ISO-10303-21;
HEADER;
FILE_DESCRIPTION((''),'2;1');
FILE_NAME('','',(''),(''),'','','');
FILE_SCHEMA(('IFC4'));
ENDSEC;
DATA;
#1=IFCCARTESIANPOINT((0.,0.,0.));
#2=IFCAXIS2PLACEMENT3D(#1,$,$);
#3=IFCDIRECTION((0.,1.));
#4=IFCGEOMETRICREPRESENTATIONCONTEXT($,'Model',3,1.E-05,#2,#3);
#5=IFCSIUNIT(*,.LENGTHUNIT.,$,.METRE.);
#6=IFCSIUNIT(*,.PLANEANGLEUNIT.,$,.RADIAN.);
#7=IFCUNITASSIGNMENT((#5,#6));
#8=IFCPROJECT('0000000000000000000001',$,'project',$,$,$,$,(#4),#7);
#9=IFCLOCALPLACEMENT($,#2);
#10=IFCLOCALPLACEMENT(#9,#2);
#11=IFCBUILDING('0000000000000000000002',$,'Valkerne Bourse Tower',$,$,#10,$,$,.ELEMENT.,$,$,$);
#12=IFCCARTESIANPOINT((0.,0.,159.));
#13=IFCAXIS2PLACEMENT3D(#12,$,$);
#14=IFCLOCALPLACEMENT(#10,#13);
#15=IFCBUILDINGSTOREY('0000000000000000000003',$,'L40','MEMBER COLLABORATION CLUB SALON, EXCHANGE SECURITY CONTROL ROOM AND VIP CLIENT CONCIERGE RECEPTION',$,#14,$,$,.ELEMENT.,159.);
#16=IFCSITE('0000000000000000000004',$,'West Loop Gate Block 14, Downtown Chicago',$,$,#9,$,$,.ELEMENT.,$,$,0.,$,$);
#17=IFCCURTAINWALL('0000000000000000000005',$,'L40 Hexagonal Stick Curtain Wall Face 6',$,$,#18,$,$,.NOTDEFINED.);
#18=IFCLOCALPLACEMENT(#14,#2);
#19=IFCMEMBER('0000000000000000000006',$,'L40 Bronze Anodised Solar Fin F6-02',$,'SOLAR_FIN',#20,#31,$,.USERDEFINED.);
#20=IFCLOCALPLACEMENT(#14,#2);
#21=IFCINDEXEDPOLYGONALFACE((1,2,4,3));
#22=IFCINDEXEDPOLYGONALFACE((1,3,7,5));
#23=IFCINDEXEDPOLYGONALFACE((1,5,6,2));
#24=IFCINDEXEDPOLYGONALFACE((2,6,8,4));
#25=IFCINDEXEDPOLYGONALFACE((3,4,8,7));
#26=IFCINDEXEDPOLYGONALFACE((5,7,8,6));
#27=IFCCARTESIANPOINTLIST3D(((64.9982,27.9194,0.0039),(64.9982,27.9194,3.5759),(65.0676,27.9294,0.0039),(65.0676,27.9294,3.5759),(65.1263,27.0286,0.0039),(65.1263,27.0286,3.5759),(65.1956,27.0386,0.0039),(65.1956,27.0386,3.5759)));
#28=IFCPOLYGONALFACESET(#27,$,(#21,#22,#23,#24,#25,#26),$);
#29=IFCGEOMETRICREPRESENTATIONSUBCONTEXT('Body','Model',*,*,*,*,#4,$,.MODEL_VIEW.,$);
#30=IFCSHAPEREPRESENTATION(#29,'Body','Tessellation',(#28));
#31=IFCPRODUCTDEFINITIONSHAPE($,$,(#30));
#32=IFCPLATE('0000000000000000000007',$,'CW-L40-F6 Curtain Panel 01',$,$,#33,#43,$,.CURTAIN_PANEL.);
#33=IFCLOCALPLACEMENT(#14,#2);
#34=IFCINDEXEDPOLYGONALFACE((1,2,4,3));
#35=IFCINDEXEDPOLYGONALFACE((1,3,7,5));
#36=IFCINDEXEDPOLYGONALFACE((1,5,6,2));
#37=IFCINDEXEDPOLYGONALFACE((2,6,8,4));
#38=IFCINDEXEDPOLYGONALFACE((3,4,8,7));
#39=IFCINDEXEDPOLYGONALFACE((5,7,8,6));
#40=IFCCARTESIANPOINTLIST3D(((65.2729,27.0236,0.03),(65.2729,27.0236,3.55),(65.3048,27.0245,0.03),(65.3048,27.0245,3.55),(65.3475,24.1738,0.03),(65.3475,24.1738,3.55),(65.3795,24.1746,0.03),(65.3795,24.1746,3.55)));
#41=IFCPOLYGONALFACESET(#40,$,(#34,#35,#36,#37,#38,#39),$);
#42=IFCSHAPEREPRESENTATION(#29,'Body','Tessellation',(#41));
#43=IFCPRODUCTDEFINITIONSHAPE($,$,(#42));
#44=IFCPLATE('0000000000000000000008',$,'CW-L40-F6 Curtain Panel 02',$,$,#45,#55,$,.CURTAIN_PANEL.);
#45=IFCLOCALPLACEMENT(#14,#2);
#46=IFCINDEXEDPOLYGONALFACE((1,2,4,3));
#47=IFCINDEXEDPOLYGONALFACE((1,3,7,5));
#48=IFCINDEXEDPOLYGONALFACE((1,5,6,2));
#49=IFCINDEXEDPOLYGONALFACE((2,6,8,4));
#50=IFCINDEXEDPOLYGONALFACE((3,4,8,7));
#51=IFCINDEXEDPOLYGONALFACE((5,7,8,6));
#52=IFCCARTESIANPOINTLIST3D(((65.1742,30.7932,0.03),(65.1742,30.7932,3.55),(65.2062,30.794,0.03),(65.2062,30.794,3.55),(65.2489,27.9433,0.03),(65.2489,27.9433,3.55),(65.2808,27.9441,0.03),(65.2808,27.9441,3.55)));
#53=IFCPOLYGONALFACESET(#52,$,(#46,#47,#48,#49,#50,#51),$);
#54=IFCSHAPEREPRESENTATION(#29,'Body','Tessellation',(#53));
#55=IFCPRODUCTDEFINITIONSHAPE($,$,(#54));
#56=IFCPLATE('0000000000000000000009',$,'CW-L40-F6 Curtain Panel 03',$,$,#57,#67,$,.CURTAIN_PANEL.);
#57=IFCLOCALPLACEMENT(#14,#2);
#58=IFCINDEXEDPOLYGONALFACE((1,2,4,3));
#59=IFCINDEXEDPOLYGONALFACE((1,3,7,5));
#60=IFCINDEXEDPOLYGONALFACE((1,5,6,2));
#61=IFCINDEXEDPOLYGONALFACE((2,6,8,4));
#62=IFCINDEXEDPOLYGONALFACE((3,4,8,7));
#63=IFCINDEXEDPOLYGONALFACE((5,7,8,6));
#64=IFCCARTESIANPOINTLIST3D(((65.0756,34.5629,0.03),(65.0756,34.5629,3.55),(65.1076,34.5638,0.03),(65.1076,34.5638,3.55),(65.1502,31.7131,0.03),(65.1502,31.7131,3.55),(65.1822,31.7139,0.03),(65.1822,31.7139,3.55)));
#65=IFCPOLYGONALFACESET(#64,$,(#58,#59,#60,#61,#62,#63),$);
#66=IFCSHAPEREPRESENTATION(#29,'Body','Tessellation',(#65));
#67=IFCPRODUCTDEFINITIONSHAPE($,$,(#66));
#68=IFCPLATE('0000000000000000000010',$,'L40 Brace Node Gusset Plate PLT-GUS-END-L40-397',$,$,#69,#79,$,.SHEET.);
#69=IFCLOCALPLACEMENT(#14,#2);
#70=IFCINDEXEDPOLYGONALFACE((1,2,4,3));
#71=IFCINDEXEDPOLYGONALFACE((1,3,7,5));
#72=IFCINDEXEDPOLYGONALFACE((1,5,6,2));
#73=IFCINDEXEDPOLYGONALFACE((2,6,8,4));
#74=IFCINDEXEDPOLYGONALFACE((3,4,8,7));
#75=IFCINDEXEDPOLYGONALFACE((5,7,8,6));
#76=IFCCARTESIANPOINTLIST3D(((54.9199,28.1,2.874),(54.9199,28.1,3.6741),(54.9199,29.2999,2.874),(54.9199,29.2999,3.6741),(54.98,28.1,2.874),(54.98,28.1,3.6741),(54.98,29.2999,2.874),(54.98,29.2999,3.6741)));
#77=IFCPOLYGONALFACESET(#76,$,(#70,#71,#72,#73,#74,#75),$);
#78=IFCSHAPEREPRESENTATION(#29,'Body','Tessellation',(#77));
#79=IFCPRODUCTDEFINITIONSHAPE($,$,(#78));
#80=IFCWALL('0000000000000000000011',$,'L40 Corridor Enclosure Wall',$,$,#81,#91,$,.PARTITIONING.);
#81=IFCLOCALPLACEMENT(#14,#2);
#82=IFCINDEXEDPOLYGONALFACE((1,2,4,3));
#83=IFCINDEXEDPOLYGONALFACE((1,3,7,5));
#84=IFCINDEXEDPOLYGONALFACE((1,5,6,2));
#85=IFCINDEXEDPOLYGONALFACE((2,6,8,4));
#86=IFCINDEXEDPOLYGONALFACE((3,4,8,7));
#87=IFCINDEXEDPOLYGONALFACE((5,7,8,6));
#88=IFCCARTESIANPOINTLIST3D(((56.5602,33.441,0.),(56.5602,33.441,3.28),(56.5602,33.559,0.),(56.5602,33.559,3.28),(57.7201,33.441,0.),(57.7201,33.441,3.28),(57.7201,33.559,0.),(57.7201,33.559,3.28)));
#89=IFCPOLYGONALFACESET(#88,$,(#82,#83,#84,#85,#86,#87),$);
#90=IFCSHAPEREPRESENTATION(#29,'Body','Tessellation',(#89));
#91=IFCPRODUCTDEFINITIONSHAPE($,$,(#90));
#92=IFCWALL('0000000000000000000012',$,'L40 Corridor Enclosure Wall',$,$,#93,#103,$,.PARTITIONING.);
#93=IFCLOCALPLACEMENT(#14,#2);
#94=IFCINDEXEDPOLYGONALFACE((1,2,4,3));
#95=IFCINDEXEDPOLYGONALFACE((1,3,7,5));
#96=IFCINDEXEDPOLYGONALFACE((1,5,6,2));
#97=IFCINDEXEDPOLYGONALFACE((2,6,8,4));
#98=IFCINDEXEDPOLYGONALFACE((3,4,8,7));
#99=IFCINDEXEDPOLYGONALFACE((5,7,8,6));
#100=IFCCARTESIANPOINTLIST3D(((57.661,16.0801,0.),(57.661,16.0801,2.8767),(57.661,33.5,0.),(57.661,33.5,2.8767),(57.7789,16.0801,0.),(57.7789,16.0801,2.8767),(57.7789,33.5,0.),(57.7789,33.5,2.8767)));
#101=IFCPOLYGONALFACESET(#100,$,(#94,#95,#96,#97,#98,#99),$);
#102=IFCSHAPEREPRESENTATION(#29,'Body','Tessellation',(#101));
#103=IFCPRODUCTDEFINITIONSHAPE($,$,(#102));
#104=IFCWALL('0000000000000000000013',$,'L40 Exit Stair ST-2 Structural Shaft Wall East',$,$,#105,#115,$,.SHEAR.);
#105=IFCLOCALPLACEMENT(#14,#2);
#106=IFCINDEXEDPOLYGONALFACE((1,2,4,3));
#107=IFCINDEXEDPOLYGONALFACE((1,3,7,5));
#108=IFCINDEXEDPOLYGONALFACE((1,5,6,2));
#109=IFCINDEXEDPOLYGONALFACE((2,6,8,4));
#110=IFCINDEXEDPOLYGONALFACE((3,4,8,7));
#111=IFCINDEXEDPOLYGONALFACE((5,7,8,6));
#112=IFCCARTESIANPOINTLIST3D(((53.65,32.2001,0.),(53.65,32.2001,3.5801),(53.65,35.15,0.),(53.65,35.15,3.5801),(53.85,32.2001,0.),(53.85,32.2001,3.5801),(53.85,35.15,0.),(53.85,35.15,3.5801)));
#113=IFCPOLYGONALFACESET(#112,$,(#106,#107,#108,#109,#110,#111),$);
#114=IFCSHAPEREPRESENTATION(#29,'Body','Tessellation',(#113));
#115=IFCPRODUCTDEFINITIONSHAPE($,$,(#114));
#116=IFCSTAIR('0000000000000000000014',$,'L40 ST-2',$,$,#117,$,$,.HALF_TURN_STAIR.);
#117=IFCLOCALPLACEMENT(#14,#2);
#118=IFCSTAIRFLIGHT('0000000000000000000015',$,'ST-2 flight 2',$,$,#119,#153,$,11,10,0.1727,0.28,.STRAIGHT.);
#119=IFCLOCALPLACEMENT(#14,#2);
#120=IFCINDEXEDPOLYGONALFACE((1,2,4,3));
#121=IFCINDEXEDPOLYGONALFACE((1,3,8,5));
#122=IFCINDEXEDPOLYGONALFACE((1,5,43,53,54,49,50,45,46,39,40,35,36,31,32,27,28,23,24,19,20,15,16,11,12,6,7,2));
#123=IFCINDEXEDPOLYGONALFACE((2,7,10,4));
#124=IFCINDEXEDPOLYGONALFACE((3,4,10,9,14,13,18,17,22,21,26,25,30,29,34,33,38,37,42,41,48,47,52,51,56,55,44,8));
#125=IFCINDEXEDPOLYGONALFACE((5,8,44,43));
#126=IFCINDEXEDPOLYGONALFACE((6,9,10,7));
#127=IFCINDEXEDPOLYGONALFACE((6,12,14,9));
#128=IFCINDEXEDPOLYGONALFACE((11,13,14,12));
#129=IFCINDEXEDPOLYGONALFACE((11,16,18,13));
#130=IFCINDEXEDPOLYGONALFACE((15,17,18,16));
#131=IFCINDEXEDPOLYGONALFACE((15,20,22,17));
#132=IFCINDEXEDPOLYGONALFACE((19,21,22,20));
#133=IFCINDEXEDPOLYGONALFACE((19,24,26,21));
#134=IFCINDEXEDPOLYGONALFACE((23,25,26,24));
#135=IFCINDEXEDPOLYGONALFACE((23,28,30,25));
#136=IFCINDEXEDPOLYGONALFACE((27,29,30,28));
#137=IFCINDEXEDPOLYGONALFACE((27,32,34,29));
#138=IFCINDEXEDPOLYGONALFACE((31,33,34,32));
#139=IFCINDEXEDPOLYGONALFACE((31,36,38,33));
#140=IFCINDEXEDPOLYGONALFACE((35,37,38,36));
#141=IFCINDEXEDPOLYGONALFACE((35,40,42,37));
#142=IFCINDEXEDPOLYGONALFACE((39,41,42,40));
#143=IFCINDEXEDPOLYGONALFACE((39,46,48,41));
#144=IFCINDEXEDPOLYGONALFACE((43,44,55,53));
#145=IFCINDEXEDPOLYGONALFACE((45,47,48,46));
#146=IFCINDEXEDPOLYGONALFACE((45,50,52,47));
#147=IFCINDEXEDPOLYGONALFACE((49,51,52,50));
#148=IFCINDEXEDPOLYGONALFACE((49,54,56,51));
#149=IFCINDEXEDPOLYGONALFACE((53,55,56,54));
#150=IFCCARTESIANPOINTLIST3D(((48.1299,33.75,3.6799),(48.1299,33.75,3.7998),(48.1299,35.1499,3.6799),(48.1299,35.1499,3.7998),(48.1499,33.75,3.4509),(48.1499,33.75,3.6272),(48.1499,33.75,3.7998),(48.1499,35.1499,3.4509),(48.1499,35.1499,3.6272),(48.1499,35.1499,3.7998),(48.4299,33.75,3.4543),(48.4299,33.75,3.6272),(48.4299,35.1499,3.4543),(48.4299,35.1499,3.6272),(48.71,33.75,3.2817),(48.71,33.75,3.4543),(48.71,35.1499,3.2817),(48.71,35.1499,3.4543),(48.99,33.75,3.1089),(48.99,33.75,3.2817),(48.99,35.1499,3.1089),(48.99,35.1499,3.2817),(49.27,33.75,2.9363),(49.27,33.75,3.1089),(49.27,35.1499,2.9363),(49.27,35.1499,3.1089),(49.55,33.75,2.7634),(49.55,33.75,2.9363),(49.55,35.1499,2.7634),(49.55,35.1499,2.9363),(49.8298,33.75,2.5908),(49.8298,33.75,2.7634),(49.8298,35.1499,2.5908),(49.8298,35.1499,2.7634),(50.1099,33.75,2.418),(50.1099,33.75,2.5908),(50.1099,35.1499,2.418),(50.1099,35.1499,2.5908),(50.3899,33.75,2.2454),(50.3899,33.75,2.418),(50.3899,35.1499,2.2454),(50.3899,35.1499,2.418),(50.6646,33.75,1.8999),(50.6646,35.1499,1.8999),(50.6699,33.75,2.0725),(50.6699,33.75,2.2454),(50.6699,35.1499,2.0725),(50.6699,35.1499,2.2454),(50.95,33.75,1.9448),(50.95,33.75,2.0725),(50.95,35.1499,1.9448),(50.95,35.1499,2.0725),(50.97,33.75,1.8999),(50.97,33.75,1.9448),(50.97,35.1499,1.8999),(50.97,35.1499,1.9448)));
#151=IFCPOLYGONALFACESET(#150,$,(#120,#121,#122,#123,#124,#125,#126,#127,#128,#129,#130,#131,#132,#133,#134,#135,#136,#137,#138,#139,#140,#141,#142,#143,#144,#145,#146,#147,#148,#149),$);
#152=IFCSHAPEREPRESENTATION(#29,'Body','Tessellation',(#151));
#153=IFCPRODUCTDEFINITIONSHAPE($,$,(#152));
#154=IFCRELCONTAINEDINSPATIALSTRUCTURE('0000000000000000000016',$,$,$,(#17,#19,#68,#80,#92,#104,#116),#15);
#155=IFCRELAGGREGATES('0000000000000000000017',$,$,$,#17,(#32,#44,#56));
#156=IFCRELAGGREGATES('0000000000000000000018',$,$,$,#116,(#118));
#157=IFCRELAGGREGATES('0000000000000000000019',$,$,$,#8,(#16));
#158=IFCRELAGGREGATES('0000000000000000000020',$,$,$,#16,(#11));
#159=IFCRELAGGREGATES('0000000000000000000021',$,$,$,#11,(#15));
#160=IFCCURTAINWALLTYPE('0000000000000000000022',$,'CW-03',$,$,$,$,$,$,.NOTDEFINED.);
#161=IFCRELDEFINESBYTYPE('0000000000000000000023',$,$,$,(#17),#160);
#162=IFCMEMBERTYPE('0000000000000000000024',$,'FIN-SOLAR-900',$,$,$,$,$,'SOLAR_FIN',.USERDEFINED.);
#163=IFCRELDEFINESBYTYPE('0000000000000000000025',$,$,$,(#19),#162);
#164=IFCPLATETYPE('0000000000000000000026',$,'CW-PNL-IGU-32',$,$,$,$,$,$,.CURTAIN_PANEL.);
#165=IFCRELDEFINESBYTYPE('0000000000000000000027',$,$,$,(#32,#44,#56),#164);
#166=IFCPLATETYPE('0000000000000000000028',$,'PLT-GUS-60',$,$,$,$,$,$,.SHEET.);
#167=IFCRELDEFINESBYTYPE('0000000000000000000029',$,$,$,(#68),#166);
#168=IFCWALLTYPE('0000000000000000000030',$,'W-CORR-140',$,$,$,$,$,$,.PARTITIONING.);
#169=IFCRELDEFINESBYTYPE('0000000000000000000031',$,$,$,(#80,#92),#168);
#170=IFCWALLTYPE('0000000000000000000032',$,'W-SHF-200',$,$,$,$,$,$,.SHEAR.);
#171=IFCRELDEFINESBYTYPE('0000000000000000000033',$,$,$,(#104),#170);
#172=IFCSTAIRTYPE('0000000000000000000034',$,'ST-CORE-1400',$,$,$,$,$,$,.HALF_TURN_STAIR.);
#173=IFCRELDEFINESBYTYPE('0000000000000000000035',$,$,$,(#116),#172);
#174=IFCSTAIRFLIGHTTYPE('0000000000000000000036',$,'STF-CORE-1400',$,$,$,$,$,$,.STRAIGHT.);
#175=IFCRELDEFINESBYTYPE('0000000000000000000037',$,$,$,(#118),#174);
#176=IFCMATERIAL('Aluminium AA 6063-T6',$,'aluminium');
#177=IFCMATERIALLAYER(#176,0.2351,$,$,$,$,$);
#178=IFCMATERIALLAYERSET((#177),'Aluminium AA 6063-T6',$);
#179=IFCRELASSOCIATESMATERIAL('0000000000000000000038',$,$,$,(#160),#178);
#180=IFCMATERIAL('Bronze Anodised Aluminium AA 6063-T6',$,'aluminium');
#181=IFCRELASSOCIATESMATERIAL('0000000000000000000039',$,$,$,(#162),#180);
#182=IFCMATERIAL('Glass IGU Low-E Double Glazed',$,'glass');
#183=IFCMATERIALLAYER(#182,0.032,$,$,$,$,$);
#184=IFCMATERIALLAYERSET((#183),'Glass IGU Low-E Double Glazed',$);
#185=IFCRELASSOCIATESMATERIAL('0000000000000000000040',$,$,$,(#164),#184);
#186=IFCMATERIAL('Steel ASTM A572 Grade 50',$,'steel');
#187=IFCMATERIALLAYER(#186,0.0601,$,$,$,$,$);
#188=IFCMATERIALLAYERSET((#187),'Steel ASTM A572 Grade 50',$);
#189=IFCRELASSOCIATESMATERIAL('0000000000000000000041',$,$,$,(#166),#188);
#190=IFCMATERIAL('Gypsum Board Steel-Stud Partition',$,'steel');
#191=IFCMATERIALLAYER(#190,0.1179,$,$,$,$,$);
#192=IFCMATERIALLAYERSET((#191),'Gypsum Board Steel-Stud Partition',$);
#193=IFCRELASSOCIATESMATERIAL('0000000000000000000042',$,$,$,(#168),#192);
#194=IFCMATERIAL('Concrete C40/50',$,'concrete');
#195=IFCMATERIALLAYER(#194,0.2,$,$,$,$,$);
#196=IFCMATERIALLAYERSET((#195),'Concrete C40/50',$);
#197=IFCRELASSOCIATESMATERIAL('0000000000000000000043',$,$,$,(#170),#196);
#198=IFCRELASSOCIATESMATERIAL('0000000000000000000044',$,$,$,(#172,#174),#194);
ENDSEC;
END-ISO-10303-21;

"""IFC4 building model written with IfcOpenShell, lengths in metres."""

from ifc_helpers import new_model, si_unit, direction, frame, frame_2d, origin, origin_2d, place, context, subcontext, project, spatial, polyline, rectangle, outline, extrude, material, layer, layer_set, material_profile, profile_set, type_object, element, aggregate, save


model = new_model("IFC4")

# Units and contexts
model_context = context("Model", 3, precision=1e-05, world=origin(), true_north=direction((0.0, 1.0)))
body_context = subcontext(model_context, "Body", "Model", "MODEL_VIEW")
ifc_project = project(units=[si_unit("LENGTHUNIT", "METRE"), si_unit("PLANEANGLEUNIT", "RADIAN")], contexts=[model_context])

# Site, building, storey
site_placement = place(None, origin())
site = spatial("IfcSite", under=ifc_project, at=site_placement, Name="West Loop Gate Block 14, Downtown Chicago", CompositionType="ELEMENT", RefElevation=0.0)
building_placement = place(site_placement, origin())
building = spatial("IfcBuilding", under=site, at=building_placement, Name="Valkerne Bourse Tower", CompositionType="ELEMENT")
storey_placement = place(building_placement, frame((0.0, 0.0, 159.0)))
storey = spatial("IfcBuildingStorey", under=building, at=storey_placement, Name="L40", Description="MEMBER COLLABORATION CLUB SALON, EXCHANGE SECURITY CONTROL ROOM AND VIP CLIENT CONCIERGE RECEPTION", CompositionType="ELEMENT", Elevation=159.0)

# Curtain wall
ifc_material_1 = material(Name="Aluminium AA 6063-T6", Category="aluminium")
ifc_layer_1 = layer(ifc_material_1, 0.2351)
ifc_layer_set_1 = layer_set([ifc_layer_1], Name="Aluminium AA 6063-T6")
curtain_wall_type = type_object("IfcCurtainWallType", Name="CW-03", PredefinedType="NOTDEFINED", material=ifc_layer_set_1)
curtain_wall_placement = place(storey_placement, origin())
curtain_wall = element("IfcCurtainWall", 1, at=curtain_wall_placement, inside=storey, type_object=curtain_wall_type, Name="L40 Hexagonal Stick Curtain Wall Face 6", PredefinedType="NOTDEFINED")

# Member
ifc_material_2 = material(Name="Bronze Anodised Aluminium AA 6063-T6", Category="aluminium")
ifc_material_profile_1 = material_profile(ifc_material_2, rectangle(XDim=0.0701, YDim=0.8999, at=origin_2d()), Name="FIN-70X900")
ifc_profile_set_1 = profile_set([ifc_material_profile_1], Name="Bronze Anodised Aluminium AA 6063-T6")
member_type_1 = type_object("IfcMemberType", Name="FIN-SOLAR-900", ElementType="SOLAR_FIN", PredefinedType="USERDEFINED", material=ifc_profile_set_1)
member_1_placement = place(storey_placement, frame((65.0969, 27.479, 0.0039), z_axis=(0.0, 0.0, 1.0), x_axis=(0.989826, 0.142285, 0.0)))
element("IfcMember", 2, at=member_1_placement, inside=storey, type_object=member_type_1, Name="L40 Bronze Anodised Solar Fin F6-02", ObjectType="SOLAR_FIN", PredefinedType="USERDEFINED", context=body_context, shape_type="SweptSolid", body=[
    extrude(rectangle(XDim=0.0701, YDim=0.8999, at=origin_2d()), origin(), (0.0, 0.0, 1.0), 3.572),
])

# Plates
ifc_material_3 = material(Name="Glass IGU Low-E Double Glazed", Category="glass")
ifc_layer_2 = layer(ifc_material_3, 0.032)
ifc_layer_set_2 = layer_set([ifc_layer_2], Name="Glass IGU Low-E Double Glazed")
plate_type_1 = type_object("IfcPlateType", Name="CW-PNL-IGU-32", PredefinedType="CURTAIN_PANEL", material=ifc_layer_set_2)
plate_1_placement = place(storey_placement, frame((65.3262, 25.5991, 0.03), z_axis=(0.0, 0.0, 1.0), x_axis=(-0.026173, 0.999657, 0.0)))
plate_1 = element("IfcPlate", 3, at=plate_1_placement, type_object=plate_type_1, Name="CW-L40-F6 Curtain Panel 01", PredefinedType="CURTAIN_PANEL", context=body_context, shape_type="SweptSolid", body=[
    extrude(rectangle(XDim=2.8508, YDim=0.032, at=origin_2d()), origin(), (0.0, 0.0, 1.0), 3.52),
])
plate_2_placement = place(storey_placement, frame((65.2275, 29.3687, 0.03), z_axis=(0.0, 0.0, 1.0), x_axis=(-0.026173, 0.999657, 0.0)))
plate_2 = element("IfcPlate", 4, at=plate_2_placement, type_object=plate_type_1, Name="CW-L40-F6 Curtain Panel 02", PredefinedType="CURTAIN_PANEL", context=body_context, shape_type="SweptSolid", body=[
    extrude(rectangle(XDim=2.8508, YDim=0.032, at=origin_2d()), origin(), (0.0, 0.0, 1.0), 3.52),
])
plate_3_placement = place(storey_placement, frame((65.1289, 33.1384, 0.03), z_axis=(0.0, 0.0, 1.0), x_axis=(-0.026173, 0.999657, 0.0)))
plate_3 = element("IfcPlate", 5, at=plate_3_placement, type_object=plate_type_1, Name="CW-L40-F6 Curtain Panel 03", PredefinedType="CURTAIN_PANEL", context=body_context, shape_type="SweptSolid", body=[
    extrude(rectangle(XDim=2.8508, YDim=0.032, at=origin_2d()), origin(), (0.0, 0.0, 1.0), 3.52),
])
aggregate(curtain_wall, [plate_1, plate_2, plate_3])
ifc_material_4 = material(Name="Steel ASTM A572 Grade 50", Category="steel")
ifc_layer_3 = layer(ifc_material_4, 0.0601)
ifc_layer_set_3 = layer_set([ifc_layer_3], Name="Steel ASTM A572 Grade 50")
plate_type_2 = type_object("IfcPlateType", Name="PLT-GUS-60", PredefinedType="SHEET", material=ifc_layer_set_3)
plate_4_placement = place(storey_placement, frame((54.95, 28.7, 2.874), z_axis=(0.0, 0.0, 1.0), x_axis=(0.0, 1.0, 0.0)))
element("IfcPlate", 6, at=plate_4_placement, inside=storey, type_object=plate_type_2, Name="L40 Brace Node Gusset Plate PLT-GUS-END-L40-397", PredefinedType="SHEET", context=body_context, shape_type="SweptSolid", body=[
    extrude(rectangle(XDim=1.2, YDim=0.0601, at=origin_2d()), origin(), (0.0, 0.0, 1.0), 0.8),
])

# Walls
ifc_material_5 = material(Name="Gypsum Board Steel-Stud Partition", Category="steel")
ifc_layer_4 = layer(ifc_material_5, 0.1179)
ifc_layer_set_4 = layer_set([ifc_layer_4], Name="Gypsum Board Steel-Stud Partition")
wall_type_1 = type_object("IfcWallType", Name="W-CORR-140", PredefinedType="PARTITIONING", material=ifc_layer_set_4)
wall_1_placement = place(storey_placement, frame((56.5601, 33.5, 0.0), z_axis=(0.0, 0.0, 1.0), x_axis=(1.0, 0.0, 0.0)))
element("IfcWall", 7, at=wall_1_placement, inside=storey, type_object=wall_type_1, Name="L40 Corridor Enclosure Wall", PredefinedType="PARTITIONING", context=body_context, shape_type="SweptSolid", body=[
    extrude(rectangle(XDim=1.1599, YDim=0.1179, at=frame_2d((0.5801, 0.0))), origin(), (0.0, 0.0, 1.0), 3.28),
])
wall_2_placement = place(storey_placement, frame((57.72, 33.5, 0.0), z_axis=(0.0, 0.0, 1.0), x_axis=(0.0, -1.0, 0.0)))
element("IfcWall", 8, at=wall_2_placement, inside=storey, type_object=wall_type_1, Name="L40 Corridor Enclosure Wall", PredefinedType="PARTITIONING", context=body_context, shape_type="SweptSolid", body=[
    extrude(rectangle(XDim=17.4199, YDim=0.1179, at=frame_2d((8.71, 0.0))), origin(), (0.0, 0.0, 1.0), 2.8767),
])

# Wall
ifc_material_6 = material(Name="Concrete C40/50", Category="concrete")
ifc_layer_5 = layer(ifc_material_6, 0.2)
ifc_layer_set_5 = layer_set([ifc_layer_5], Name="Concrete C40/50")
wall_type_2 = type_object("IfcWallType", Name="W-SHF-200", PredefinedType="SHEAR", material=ifc_layer_set_5)
wall_3_placement = place(storey_placement, frame((53.75, 32.2, 0.0), z_axis=(0.0, 0.0, 1.0), x_axis=(0.0, 1.0, 0.0)))
element("IfcWall", 9, at=wall_3_placement, inside=storey, type_object=wall_type_2, Name="L40 Exit Stair ST-2 Structural Shaft Wall East", PredefinedType="SHEAR", context=body_context, shape_type="SweptSolid", body=[
    extrude(rectangle(XDim=2.95, YDim=0.2, at=frame_2d((1.4751, 0.0))), origin(), (0.0, 0.0, 1.0), 3.5801),
])

# Stair, stair flight
stair_type = type_object("IfcStairType", Name="ST-CORE-1400", PredefinedType="HALF_TURN_STAIR", material=ifc_material_6)
stair_placement = place(storey_placement, origin())
stair = element("IfcStair", 10, at=stair_placement, inside=storey, type_object=stair_type, Name="L40 ST-2", PredefinedType="HALF_TURN_STAIR")
stair_flight_type = type_object("IfcStairFlightType", Name="STF-CORE-1400", PredefinedType="STRAIGHT", material=ifc_material_6)
stair_flight_placement = place(storey_placement, frame((50.95, 34.45, 1.8999), z_axis=(0.0, 0.0, 1.0), x_axis=(-1.0, 0.0, 0.0)))
stair_flight = element("IfcStairFlight", 11, at=stair_flight_placement, type_object=stair_flight_type, Name="ST-2 flight 2", NumberOfRisers=11, NumberOfTreads=10, PredefinedType="STRAIGHT", RiserHeight=0.1727, TreadLength=0.28, context=body_context, shape_type="SweptSolid", body=[
    extrude(outline(polyline([(-0.02, 0.0), (-0.02, 0.0449), (0.0, 0.0449), (0.0, 0.1726), (0.28, 0.1726), (0.28, 0.3455), (0.5601, 0.3455), (0.5601, 0.5181), (0.8401, 0.5181), (0.8401, 0.6909), (1.1201, 0.6909), (1.1201, 0.8635), (1.3999, 0.8635), (1.3999, 1.0364), (1.6799, 1.0364), (1.6799, 1.209), (1.96, 1.209), (1.96, 1.3818), (2.24, 1.3818), (2.24, 1.5544), (2.52, 1.5544), (2.52, 1.7273), (2.8, 1.7273), (2.8, 1.8999), (2.8201, 1.8999), (2.8201, 1.78), (2.8, 1.551), (0.2854, 0.0), (-0.02, 0.0)])), frame((0.0, 0.7, 0.0), z_axis=(0.0, -1.0, 0.0), x_axis=(1.0, 0.0, 0.0)), (0.0, 0.0, 1.0), 1.3999),
])
aggregate(stair, [stair_flight])

save(model, "model.ifc")
